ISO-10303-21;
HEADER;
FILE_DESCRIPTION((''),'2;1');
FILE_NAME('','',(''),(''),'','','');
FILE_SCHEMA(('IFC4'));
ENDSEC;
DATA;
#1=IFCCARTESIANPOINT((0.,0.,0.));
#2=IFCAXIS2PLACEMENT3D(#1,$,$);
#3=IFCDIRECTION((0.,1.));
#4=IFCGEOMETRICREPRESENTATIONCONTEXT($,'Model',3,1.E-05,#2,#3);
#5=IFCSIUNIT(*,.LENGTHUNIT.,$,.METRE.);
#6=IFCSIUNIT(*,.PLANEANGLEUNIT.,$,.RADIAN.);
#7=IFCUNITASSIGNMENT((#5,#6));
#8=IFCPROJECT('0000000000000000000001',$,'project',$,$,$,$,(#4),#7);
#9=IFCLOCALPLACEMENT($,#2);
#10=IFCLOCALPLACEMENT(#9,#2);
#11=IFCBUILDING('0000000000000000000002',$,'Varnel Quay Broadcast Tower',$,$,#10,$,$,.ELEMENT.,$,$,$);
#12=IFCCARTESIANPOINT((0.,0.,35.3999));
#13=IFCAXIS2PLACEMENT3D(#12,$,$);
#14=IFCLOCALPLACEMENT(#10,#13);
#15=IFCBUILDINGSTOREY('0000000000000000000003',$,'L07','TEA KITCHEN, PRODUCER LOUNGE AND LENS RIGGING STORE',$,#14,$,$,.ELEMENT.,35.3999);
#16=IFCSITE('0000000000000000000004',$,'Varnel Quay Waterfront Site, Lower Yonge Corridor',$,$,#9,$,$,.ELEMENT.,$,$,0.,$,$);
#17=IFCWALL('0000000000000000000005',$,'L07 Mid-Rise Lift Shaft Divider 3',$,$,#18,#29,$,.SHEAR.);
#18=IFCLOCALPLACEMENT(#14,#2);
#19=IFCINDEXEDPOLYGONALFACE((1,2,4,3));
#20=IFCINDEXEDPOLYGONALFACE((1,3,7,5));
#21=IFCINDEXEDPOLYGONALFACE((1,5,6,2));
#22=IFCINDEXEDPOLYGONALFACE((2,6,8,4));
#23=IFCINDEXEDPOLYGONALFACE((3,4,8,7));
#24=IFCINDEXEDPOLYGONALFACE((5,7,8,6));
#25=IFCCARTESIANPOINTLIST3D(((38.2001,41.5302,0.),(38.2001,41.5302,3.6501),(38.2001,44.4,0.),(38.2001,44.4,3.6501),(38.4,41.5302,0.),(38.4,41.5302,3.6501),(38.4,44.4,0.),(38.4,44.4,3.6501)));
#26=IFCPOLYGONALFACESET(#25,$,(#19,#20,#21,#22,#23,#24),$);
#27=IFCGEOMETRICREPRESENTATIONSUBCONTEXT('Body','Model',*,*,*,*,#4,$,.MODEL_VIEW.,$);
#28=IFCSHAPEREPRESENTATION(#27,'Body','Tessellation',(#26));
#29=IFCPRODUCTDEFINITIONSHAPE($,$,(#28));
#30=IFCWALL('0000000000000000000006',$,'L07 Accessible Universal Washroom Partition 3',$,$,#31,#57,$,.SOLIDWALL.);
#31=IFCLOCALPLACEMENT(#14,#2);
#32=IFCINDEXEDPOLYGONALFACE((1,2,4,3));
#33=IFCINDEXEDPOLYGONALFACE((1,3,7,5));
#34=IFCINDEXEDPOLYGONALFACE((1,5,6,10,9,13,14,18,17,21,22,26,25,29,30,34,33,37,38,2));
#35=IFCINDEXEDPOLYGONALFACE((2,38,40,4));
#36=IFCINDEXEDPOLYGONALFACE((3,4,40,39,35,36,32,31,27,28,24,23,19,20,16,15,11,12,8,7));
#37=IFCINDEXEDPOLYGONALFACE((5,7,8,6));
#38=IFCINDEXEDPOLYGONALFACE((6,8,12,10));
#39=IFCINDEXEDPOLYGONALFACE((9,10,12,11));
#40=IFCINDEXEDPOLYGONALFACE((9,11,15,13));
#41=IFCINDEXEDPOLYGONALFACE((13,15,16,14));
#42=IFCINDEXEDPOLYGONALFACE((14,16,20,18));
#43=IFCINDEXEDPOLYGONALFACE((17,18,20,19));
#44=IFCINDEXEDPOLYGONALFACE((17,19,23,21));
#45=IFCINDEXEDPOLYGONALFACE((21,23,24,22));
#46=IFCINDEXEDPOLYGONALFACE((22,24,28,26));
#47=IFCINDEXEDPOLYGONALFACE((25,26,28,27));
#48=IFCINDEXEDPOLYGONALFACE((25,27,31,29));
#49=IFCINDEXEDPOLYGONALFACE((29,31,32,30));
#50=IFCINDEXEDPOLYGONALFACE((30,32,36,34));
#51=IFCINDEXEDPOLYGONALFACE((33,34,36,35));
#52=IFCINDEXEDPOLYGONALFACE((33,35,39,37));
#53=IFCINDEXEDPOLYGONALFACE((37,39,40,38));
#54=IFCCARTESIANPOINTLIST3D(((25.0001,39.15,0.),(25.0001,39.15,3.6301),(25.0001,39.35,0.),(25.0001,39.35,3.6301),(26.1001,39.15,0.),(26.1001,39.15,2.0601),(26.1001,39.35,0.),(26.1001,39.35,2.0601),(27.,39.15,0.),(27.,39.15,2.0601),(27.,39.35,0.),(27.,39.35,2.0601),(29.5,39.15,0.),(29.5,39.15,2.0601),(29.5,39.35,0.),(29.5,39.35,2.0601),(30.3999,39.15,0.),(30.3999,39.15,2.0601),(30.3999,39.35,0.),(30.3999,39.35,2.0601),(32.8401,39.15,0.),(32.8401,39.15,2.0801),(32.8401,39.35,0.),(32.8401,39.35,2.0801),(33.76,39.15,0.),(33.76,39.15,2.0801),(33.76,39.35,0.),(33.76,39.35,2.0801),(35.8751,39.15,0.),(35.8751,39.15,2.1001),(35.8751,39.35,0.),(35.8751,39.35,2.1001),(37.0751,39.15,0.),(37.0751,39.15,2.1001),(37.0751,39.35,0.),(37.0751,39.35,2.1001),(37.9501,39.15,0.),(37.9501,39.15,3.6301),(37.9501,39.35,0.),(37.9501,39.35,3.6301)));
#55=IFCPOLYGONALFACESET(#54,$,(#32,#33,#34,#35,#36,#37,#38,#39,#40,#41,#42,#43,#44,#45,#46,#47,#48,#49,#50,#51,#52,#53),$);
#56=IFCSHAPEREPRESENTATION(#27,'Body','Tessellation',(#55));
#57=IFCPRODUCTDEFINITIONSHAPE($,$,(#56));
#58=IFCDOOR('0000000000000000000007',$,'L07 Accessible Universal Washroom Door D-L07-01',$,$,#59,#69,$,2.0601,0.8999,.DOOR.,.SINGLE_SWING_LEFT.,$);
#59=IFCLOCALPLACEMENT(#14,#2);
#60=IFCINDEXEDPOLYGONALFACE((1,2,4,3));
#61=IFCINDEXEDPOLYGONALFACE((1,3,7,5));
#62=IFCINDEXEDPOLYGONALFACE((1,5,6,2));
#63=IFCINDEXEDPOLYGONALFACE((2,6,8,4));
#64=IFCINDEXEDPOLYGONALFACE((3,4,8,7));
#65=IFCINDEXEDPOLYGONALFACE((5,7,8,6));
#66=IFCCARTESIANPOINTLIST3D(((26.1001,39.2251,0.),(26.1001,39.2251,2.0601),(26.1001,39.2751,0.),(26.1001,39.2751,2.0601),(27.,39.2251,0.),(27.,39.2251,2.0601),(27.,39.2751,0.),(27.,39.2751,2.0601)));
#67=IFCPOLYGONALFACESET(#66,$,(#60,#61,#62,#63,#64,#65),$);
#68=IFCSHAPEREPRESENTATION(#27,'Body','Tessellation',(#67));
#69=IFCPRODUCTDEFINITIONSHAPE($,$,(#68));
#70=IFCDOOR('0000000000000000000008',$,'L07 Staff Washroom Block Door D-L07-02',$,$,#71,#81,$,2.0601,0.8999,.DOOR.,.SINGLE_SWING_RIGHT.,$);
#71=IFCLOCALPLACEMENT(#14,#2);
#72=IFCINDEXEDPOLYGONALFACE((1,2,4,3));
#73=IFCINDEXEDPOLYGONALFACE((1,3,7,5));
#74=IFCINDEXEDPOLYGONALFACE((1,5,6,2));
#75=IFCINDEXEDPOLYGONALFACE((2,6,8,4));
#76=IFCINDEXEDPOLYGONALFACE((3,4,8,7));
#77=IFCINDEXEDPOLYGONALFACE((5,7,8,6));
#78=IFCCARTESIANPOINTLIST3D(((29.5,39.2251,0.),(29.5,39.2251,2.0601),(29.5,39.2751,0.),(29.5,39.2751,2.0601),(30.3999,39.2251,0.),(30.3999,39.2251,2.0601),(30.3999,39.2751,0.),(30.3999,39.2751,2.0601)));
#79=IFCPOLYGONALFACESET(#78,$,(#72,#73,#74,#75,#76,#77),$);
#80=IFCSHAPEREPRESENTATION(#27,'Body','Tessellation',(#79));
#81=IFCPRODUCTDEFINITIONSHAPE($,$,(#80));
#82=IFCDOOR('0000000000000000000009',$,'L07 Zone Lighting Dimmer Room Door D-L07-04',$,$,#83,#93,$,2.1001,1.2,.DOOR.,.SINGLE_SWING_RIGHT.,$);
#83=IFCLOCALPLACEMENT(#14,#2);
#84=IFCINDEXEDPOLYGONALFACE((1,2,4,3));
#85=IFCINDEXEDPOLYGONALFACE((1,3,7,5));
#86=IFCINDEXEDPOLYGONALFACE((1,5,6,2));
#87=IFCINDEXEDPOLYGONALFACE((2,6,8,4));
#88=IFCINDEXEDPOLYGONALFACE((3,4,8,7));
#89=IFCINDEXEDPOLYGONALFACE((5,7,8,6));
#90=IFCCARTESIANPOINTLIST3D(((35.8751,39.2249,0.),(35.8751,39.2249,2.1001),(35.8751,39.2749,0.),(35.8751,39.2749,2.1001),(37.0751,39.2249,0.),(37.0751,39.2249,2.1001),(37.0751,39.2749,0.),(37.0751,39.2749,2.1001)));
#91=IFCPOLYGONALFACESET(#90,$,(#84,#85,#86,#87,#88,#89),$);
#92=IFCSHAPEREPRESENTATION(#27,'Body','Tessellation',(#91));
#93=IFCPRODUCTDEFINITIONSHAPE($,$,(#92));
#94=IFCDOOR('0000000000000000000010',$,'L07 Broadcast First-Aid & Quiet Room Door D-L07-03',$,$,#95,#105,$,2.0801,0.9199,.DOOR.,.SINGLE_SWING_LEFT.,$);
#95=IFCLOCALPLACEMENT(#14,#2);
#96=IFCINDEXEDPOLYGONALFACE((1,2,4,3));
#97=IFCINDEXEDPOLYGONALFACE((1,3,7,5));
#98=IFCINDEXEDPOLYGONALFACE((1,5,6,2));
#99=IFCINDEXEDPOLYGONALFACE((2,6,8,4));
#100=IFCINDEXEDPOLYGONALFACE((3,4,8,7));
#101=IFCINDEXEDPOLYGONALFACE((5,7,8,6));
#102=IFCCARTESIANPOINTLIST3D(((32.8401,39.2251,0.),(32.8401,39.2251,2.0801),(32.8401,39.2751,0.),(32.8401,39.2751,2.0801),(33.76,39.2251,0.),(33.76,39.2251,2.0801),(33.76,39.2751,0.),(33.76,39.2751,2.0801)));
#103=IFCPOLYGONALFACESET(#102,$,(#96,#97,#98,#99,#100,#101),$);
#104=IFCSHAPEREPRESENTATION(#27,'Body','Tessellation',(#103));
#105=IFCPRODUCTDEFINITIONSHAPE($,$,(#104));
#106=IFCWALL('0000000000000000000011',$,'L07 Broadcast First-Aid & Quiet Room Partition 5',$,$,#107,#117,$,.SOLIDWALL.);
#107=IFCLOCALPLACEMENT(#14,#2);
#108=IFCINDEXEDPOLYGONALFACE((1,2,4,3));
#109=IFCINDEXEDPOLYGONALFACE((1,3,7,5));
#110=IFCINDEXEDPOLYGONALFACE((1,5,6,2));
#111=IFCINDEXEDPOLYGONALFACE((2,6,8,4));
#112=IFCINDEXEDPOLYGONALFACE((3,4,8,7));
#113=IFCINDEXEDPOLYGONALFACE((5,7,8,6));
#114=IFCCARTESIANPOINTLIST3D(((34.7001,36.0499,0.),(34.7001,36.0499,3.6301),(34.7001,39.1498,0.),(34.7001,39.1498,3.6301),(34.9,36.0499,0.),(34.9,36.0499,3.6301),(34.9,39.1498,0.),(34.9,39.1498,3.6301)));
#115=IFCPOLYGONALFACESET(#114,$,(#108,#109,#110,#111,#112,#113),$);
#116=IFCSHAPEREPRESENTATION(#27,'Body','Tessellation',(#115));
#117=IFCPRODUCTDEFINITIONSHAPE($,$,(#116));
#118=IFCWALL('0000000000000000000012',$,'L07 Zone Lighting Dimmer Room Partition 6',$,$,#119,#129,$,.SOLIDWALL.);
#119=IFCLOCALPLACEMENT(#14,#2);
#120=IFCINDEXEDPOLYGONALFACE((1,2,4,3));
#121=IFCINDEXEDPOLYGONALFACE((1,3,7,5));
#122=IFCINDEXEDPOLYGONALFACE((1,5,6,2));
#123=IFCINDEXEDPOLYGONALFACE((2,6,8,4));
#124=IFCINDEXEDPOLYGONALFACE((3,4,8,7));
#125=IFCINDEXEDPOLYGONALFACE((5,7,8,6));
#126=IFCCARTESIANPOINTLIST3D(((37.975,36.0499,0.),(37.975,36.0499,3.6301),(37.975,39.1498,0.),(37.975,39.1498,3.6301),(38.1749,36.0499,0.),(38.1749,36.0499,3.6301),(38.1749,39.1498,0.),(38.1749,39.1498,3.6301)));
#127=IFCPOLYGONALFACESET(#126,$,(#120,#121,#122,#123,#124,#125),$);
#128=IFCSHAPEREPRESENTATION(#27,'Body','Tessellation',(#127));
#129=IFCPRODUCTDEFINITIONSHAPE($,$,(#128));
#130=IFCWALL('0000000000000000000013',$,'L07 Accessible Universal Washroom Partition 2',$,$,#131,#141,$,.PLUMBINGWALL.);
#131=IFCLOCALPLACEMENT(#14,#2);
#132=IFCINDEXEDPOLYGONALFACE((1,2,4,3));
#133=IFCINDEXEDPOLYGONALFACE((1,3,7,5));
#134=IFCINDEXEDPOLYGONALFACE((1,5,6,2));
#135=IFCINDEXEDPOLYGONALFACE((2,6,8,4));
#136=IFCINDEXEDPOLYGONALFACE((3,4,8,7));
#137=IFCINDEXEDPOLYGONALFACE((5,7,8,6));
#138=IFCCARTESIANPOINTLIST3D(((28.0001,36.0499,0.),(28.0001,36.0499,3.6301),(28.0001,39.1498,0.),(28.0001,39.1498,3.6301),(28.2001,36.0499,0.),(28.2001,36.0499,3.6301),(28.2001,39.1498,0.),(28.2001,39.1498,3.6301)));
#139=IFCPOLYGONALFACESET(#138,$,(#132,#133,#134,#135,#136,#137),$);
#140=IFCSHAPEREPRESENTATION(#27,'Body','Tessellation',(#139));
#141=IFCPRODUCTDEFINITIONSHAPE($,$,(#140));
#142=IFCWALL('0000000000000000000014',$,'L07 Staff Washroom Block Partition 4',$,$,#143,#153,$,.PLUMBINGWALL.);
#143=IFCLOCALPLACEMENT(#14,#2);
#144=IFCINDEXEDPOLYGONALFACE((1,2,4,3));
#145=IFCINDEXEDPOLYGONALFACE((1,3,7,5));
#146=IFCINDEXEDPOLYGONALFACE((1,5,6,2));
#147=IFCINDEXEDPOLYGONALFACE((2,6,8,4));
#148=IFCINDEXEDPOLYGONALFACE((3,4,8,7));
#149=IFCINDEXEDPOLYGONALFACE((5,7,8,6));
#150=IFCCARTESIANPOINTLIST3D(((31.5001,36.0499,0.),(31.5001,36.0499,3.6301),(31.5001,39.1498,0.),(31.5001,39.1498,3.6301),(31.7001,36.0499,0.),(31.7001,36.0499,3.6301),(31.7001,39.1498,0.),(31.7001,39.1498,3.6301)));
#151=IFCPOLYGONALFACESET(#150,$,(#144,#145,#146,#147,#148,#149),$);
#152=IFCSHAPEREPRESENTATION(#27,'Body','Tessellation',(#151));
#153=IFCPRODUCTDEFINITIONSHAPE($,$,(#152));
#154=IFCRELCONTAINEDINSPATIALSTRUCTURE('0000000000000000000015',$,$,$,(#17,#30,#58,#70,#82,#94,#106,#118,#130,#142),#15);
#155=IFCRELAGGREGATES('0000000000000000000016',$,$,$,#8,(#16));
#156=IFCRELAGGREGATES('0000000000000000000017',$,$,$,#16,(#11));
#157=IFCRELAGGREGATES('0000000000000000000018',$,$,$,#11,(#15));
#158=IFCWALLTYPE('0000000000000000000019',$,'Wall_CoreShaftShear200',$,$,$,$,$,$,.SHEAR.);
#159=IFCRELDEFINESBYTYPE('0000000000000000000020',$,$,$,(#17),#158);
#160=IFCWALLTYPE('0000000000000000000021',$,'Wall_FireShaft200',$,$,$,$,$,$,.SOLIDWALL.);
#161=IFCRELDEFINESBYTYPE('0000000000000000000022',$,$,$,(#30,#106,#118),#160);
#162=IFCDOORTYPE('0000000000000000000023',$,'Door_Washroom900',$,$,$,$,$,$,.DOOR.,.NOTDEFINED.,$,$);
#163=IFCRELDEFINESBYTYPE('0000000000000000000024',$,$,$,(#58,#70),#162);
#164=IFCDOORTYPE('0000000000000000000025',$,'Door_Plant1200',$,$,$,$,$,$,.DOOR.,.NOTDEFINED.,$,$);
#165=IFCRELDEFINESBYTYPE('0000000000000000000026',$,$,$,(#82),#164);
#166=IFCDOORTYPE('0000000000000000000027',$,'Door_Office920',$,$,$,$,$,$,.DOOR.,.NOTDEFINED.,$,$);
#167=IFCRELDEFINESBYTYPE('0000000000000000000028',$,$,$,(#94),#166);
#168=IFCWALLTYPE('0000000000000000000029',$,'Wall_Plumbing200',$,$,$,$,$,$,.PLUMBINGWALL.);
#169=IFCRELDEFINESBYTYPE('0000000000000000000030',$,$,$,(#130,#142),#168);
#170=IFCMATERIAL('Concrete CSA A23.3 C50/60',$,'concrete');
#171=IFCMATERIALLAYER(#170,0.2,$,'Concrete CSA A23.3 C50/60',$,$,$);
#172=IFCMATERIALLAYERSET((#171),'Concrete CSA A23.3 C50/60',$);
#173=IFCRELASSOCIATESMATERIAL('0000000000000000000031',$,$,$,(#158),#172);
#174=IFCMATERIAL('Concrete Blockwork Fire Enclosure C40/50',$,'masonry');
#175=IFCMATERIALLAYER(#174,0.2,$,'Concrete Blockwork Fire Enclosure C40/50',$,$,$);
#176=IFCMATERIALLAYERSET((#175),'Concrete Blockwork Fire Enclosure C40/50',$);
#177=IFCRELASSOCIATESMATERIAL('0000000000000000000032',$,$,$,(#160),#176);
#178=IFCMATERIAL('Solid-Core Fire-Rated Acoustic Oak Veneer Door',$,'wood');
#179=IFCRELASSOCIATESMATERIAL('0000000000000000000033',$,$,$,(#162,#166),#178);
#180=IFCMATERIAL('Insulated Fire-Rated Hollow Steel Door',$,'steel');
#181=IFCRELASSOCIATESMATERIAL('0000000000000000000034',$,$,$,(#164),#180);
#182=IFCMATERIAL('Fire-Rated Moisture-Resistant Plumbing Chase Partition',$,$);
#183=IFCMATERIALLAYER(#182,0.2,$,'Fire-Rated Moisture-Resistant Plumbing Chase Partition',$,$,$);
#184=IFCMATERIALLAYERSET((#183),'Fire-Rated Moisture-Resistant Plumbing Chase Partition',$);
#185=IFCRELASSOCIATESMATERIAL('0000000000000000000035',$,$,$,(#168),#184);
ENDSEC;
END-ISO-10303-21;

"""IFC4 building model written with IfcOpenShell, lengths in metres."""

from ifc_helpers import new_model, si_unit, direction, frame, frame_2d, origin, place, context, subcontext, project, spatial, rectangle, extrude, source, transform, mapped, material, layer, layer_set, type_object, type_shapes, element, fill, save


model = new_model("IFC4")

# Units and contexts
model_context = context("Model", 3, precision=1e-05, world=origin(), true_north=direction((0.0, 1.0)))
body_context = subcontext(model_context, "Body", "Model", "MODEL_VIEW")
ifc_project = project(units=[si_unit("LENGTHUNIT", "METRE"), si_unit("PLANEANGLEUNIT", "RADIAN")], contexts=[model_context])

# Site, building, storey
site_placement = place(None, origin())
site = spatial("IfcSite", under=ifc_project, at=site_placement, Name="Varnel Quay Waterfront Site, Lower Yonge Corridor", CompositionType="ELEMENT", RefElevation=0.0)
building_placement = place(site_placement, origin())
building = spatial("IfcBuilding", under=site, at=building_placement, Name="Varnel Quay Broadcast Tower", CompositionType="ELEMENT")
storey_placement = place(building_placement, frame((0.0, 0.0, 35.3999)))
storey = spatial("IfcBuildingStorey", under=building, at=storey_placement, Name="L07", Description="TEA KITCHEN, PRODUCER LOUNGE AND LENS RIGGING STORE", CompositionType="ELEMENT", Elevation=35.3999)

# Wall
ifc_material_1 = material(Name="Concrete CSA A23.3 C50/60", Category="concrete")
ifc_layer_1 = layer(ifc_material_1, 0.2, Name="Concrete CSA A23.3 C50/60")
ifc_layer_set_1 = layer_set([ifc_layer_1], Name="Concrete CSA A23.3 C50/60")
wall_type_1 = type_object("IfcWallType", Name="Wall_CoreShaftShear200", PredefinedType="SHEAR", material=ifc_layer_set_1)
for number, where, z_axis, x_axis, name in (
    (1, (38.3, 41.53, 0.0), (0.0, 0.0, 1.0), (0.0, 1.0, 0.0), "L07 Mid-Rise Lift Shaft Divider 3"),
):
    element("IfcWall", number, at=place(storey_placement, frame(where, z_axis=z_axis, x_axis=x_axis)), inside=storey, type_object=wall_type_1, Name=name, PredefinedType="SHEAR", context=body_context, shape_type="SweptSolid", body=[
        extrude(rectangle(XDim=2.8699, YDim=0.2, at=frame_2d((1.4351, 0.0))), origin(), (0.0, 0.0, 1.0), 3.6501),
    ])

# Wall, openings, doors
ifc_material_2 = material(Name="Concrete Blockwork Fire Enclosure C40/50", Category="masonry")
ifc_layer_2 = layer(ifc_material_2, 0.2, Name="Concrete Blockwork Fire Enclosure C40/50")
ifc_layer_set_2 = layer_set([ifc_layer_2], Name="Concrete Blockwork Fire Enclosure C40/50")
wall_type_2 = type_object("IfcWallType", Name="Wall_FireShaft200", PredefinedType="SOLIDWALL", material=ifc_layer_set_2)
wall_1_placement = place(storey_placement, frame((25.0, 39.25, 0.0), z_axis=(0.0, 0.0, 1.0), x_axis=(1.0, 0.0, 0.0)))
wall_1 = element("IfcWall", 2, at=wall_1_placement, inside=storey, type_object=wall_type_2, Name="L07 Accessible Universal Washroom Partition 3", PredefinedType="SOLIDWALL", context=body_context, shape_type="SweptSolid", body=[
    extrude(rectangle(XDim=12.95, YDim=0.2, at=frame_2d((6.4751, 0.0))), origin(), (0.0, 0.0, 1.0), 3.6301),
])
opening_1_placement = place(wall_1_placement, frame((1.1001, 0.0, 0.0)))
opening_1 = element("IfcOpeningElement", 3, at=opening_1_placement, cuts=wall_1, PredefinedType="OPENING", context=body_context, shape_type="SweptSolid", body=[
    extrude(rectangle(XDim=0.8999, YDim=2.0601, at=frame_2d((0.45, 1.03))), frame((0.0, 0.1099, 0.0), z_axis=(0.0, -1.0, 0.0), x_axis=(1.0, 0.0, 0.0)), (0.0, 0.0, 1.0), 0.22),
])
opening_2_placement = place(wall_1_placement, frame((4.5, 0.0, 0.0)))
opening_2 = element("IfcOpeningElement", 4, at=opening_2_placement, cuts=wall_1, PredefinedType="OPENING", context=body_context, shape_type="SweptSolid", body=[
    extrude(rectangle(XDim=0.8999, YDim=2.0601, at=frame_2d((0.45, 1.03))), frame((0.0, 0.1099, 0.0), z_axis=(0.0, -1.0, 0.0), x_axis=(1.0, 0.0, 0.0)), (0.0, 0.0, 1.0), 0.22),
])
opening_3_placement = place(wall_1_placement, frame((7.8401, 0.0, 0.0)))
opening_3 = element("IfcOpeningElement", 5, at=opening_3_placement, cuts=wall_1, PredefinedType="OPENING", context=body_context, shape_type="SweptSolid", body=[
    extrude(rectangle(XDim=0.9199, YDim=2.0801, at=frame_2d((0.46, 1.04))), frame((0.0, 0.1099, 0.0), z_axis=(0.0, -1.0, 0.0), x_axis=(1.0, 0.0, 0.0)), (0.0, 0.0, 1.0), 0.22),
])
opening_4_placement = place(wall_1_placement, frame((10.875, 0.0, 0.0)))
opening_4 = element("IfcOpeningElement", 6, at=opening_4_placement, cuts=wall_1, PredefinedType="OPENING", context=body_context, shape_type="SweptSolid", body=[
    extrude(rectangle(XDim=1.2, YDim=2.1001, at=frame_2d((0.6001, 1.05))), frame((0.0, 0.1099, 0.0), z_axis=(0.0, -1.0, 0.0), x_axis=(1.0, 0.0, 0.0)), (0.0, 0.0, 1.0), 0.22),
])
ifc_material_3 = material(Name="Solid-Core Fire-Rated Acoustic Oak Veneer Door", Category="wood")
door_type_1 = type_object("IfcDoorType", Name="Door_Washroom900", OperationType="NOTDEFINED", PredefinedType="DOOR", material=ifc_material_3)
shared_shape_1 = source(origin(), body_context, "Body", "SweptSolid", [
    extrude(rectangle(XDim=0.8999, YDim=2.0601, at=frame_2d((0.45, 1.03))), frame((0.0, 0.0249, 0.0), z_axis=(0.0, -1.0, 0.0), x_axis=(1.0, 0.0, 0.0)), (0.0, 0.0, 1.0), 0.05),
])
type_shapes(door_type_1, [shared_shape_1])
door_1_placement = place(opening_1_placement, frame((0.8999, 0.0, 0.0), z_axis=(0.0, 0.0, 1.0), x_axis=(-1.0, 0.0, 0.0)))
door_1 = element("IfcDoor", 7, at=door_1_placement, inside=storey, type_object=door_type_1, Name="L07 Accessible Universal Washroom Door D-L07-01", OperationType="SINGLE_SWING_LEFT", OverallHeight=2.0601, OverallWidth=0.8999, PredefinedType="DOOR", context=body_context, shape_type="MappedRepresentation", body=[
    mapped(shared_shape_1, transform((0.0, 0.0, 0.0), x_axis=(1.0, 0.0, 0.0), y_axis=(0.0, 1.0, 0.0), z_axis=(0.0, 0.0, 1.0), scale=1.0)),
])
fill(opening_1, door_1)
door_2_placement = place(opening_2_placement, frame((0.8999, 0.0, 0.0), z_axis=(0.0, 0.0, 1.0), x_axis=(-1.0, 0.0, 0.0)))
door_2 = element("IfcDoor", 8, at=door_2_placement, inside=storey, type_object=door_type_1, Name="L07 Staff Washroom Block Door D-L07-02", OperationType="SINGLE_SWING_RIGHT", OverallHeight=2.0601, OverallWidth=0.8999, PredefinedType="DOOR", context=body_context, shape_type="MappedRepresentation", body=[
    mapped(shared_shape_1, transform((0.0, 0.0, 0.0), x_axis=(1.0, 0.0, 0.0), y_axis=(0.0, 1.0, 0.0), z_axis=(0.0, 0.0, 1.0), scale=1.0)),
])
fill(opening_2, door_2)
ifc_material_4 = material(Name="Insulated Fire-Rated Hollow Steel Door", Category="steel")
door_type_2 = type_object("IfcDoorType", Name="Door_Plant1200", OperationType="NOTDEFINED", PredefinedType="DOOR", material=ifc_material_4)
shared_shape_2 = source(origin(), body_context, "Body", "SweptSolid", [
    extrude(rectangle(XDim=1.2, YDim=2.1001, at=frame_2d((0.6001, 1.05))), frame((0.0, 0.0249, 0.0), z_axis=(0.0, -1.0, 0.0), x_axis=(1.0, 0.0, 0.0)), (0.0, 0.0, 1.0), 0.05),
])
type_shapes(door_type_2, [shared_shape_2])
door_3_placement = place(opening_4_placement, origin())
door_3 = element("IfcDoor", 9, at=door_3_placement, inside=storey, type_object=door_type_2, Name="L07 Zone Lighting Dimmer Room Door D-L07-04", OperationType="SINGLE_SWING_RIGHT", OverallHeight=2.1001, OverallWidth=1.2, PredefinedType="DOOR", context=body_context, shape_type="MappedRepresentation", body=[
    mapped(shared_shape_2, transform((0.0, 0.0, 0.0), x_axis=(1.0, 0.0, 0.0), y_axis=(0.0, 1.0, 0.0), z_axis=(0.0, 0.0, 1.0), scale=1.0)),
])
fill(opening_4, door_3)
door_type_3 = type_object("IfcDoorType", Name="Door_Office920", OperationType="NOTDEFINED", PredefinedType="DOOR", material=ifc_material_3)
shared_shape_3 = source(origin(), body_context, "Body", "SweptSolid", [
    extrude(rectangle(XDim=0.9199, YDim=2.0801, at=frame_2d((0.46, 1.04))), frame((0.0, 0.0249, 0.0), z_axis=(0.0, -1.0, 0.0), x_axis=(1.0, 0.0, 0.0)), (0.0, 0.0, 1.0), 0.05),
])
type_shapes(door_type_3, [shared_shape_3])
door_4_placement = place(opening_3_placement, frame((0.9199, 0.0, 0.0), z_axis=(0.0, 0.0, 1.0), x_axis=(-1.0, 0.0, 0.0)))
door_4 = element("IfcDoor", 10, at=door_4_placement, inside=storey, type_object=door_type_3, Name="L07 Broadcast First-Aid & Quiet Room Door D-L07-03", OperationType="SINGLE_SWING_LEFT", OverallHeight=2.0801, OverallWidth=0.9199, PredefinedType="DOOR", context=body_context, shape_type="MappedRepresentation", body=[
    mapped(shared_shape_3, transform((0.0, 0.0, 0.0), x_axis=(1.0, 0.0, 0.0), y_axis=(0.0, 1.0, 0.0), z_axis=(0.0, 0.0, 1.0), scale=1.0)),
])
fill(opening_3, door_4)

# Walls
for number, where, z_axis, x_axis, name in (
    (11, (34.8, 36.05, 0.0), (0.0, 0.0, 1.0), (0.0, 1.0, 0.0), "L07 Broadcast First-Aid & Quiet Room Partition 5"),
    (12, (38.075, 36.05, 0.0), (0.0, 0.0, 1.0), (0.0, 1.0, 0.0), "L07 Zone Lighting Dimmer Room Partition 6"),
):
    element("IfcWall", number, at=place(storey_placement, frame(where, z_axis=z_axis, x_axis=x_axis)), inside=storey, type_object=wall_type_2, Name=name, PredefinedType="SOLIDWALL", context=body_context, shape_type="SweptSolid", body=[
        extrude(rectangle(XDim=3.0999, YDim=0.2, at=frame_2d((1.5498, 0.0))), origin(), (0.0, 0.0, 1.0), 3.6301),
    ])
ifc_material_5 = material(Name="Fire-Rated Moisture-Resistant Plumbing Chase Partition")
ifc_layer_3 = layer(ifc_material_5, 0.2, Name="Fire-Rated Moisture-Resistant Plumbing Chase Partition")
ifc_layer_set_3 = layer_set([ifc_layer_3], Name="Fire-Rated Moisture-Resistant Plumbing Chase Partition")
wall_type_3 = type_object("IfcWallType", Name="Wall_Plumbing200", PredefinedType="PLUMBINGWALL", material=ifc_layer_set_3)
for number, where, z_axis, x_axis, name in (
    (13, (28.1001, 36.05, 0.0), (0.0, 0.0, 1.0), (0.0, 1.0, 0.0), "L07 Accessible Universal Washroom Partition 2"),
    (14, (31.6001, 36.05, 0.0), (0.0, 0.0, 1.0), (0.0, 1.0, 0.0), "L07 Staff Washroom Block Partition 4"),
):
    element("IfcWall", number, at=place(storey_placement, frame(where, z_axis=z_axis, x_axis=x_axis)), inside=storey, type_object=wall_type_3, Name=name, PredefinedType="PLUMBINGWALL", context=body_context, shape_type="SweptSolid", body=[
        extrude(rectangle(XDim=3.0999, YDim=0.2, at=frame_2d((1.5498, 0.0))), origin(), (0.0, 0.0, 1.0), 3.6301),
    ])

save(model, "model.ifc")
